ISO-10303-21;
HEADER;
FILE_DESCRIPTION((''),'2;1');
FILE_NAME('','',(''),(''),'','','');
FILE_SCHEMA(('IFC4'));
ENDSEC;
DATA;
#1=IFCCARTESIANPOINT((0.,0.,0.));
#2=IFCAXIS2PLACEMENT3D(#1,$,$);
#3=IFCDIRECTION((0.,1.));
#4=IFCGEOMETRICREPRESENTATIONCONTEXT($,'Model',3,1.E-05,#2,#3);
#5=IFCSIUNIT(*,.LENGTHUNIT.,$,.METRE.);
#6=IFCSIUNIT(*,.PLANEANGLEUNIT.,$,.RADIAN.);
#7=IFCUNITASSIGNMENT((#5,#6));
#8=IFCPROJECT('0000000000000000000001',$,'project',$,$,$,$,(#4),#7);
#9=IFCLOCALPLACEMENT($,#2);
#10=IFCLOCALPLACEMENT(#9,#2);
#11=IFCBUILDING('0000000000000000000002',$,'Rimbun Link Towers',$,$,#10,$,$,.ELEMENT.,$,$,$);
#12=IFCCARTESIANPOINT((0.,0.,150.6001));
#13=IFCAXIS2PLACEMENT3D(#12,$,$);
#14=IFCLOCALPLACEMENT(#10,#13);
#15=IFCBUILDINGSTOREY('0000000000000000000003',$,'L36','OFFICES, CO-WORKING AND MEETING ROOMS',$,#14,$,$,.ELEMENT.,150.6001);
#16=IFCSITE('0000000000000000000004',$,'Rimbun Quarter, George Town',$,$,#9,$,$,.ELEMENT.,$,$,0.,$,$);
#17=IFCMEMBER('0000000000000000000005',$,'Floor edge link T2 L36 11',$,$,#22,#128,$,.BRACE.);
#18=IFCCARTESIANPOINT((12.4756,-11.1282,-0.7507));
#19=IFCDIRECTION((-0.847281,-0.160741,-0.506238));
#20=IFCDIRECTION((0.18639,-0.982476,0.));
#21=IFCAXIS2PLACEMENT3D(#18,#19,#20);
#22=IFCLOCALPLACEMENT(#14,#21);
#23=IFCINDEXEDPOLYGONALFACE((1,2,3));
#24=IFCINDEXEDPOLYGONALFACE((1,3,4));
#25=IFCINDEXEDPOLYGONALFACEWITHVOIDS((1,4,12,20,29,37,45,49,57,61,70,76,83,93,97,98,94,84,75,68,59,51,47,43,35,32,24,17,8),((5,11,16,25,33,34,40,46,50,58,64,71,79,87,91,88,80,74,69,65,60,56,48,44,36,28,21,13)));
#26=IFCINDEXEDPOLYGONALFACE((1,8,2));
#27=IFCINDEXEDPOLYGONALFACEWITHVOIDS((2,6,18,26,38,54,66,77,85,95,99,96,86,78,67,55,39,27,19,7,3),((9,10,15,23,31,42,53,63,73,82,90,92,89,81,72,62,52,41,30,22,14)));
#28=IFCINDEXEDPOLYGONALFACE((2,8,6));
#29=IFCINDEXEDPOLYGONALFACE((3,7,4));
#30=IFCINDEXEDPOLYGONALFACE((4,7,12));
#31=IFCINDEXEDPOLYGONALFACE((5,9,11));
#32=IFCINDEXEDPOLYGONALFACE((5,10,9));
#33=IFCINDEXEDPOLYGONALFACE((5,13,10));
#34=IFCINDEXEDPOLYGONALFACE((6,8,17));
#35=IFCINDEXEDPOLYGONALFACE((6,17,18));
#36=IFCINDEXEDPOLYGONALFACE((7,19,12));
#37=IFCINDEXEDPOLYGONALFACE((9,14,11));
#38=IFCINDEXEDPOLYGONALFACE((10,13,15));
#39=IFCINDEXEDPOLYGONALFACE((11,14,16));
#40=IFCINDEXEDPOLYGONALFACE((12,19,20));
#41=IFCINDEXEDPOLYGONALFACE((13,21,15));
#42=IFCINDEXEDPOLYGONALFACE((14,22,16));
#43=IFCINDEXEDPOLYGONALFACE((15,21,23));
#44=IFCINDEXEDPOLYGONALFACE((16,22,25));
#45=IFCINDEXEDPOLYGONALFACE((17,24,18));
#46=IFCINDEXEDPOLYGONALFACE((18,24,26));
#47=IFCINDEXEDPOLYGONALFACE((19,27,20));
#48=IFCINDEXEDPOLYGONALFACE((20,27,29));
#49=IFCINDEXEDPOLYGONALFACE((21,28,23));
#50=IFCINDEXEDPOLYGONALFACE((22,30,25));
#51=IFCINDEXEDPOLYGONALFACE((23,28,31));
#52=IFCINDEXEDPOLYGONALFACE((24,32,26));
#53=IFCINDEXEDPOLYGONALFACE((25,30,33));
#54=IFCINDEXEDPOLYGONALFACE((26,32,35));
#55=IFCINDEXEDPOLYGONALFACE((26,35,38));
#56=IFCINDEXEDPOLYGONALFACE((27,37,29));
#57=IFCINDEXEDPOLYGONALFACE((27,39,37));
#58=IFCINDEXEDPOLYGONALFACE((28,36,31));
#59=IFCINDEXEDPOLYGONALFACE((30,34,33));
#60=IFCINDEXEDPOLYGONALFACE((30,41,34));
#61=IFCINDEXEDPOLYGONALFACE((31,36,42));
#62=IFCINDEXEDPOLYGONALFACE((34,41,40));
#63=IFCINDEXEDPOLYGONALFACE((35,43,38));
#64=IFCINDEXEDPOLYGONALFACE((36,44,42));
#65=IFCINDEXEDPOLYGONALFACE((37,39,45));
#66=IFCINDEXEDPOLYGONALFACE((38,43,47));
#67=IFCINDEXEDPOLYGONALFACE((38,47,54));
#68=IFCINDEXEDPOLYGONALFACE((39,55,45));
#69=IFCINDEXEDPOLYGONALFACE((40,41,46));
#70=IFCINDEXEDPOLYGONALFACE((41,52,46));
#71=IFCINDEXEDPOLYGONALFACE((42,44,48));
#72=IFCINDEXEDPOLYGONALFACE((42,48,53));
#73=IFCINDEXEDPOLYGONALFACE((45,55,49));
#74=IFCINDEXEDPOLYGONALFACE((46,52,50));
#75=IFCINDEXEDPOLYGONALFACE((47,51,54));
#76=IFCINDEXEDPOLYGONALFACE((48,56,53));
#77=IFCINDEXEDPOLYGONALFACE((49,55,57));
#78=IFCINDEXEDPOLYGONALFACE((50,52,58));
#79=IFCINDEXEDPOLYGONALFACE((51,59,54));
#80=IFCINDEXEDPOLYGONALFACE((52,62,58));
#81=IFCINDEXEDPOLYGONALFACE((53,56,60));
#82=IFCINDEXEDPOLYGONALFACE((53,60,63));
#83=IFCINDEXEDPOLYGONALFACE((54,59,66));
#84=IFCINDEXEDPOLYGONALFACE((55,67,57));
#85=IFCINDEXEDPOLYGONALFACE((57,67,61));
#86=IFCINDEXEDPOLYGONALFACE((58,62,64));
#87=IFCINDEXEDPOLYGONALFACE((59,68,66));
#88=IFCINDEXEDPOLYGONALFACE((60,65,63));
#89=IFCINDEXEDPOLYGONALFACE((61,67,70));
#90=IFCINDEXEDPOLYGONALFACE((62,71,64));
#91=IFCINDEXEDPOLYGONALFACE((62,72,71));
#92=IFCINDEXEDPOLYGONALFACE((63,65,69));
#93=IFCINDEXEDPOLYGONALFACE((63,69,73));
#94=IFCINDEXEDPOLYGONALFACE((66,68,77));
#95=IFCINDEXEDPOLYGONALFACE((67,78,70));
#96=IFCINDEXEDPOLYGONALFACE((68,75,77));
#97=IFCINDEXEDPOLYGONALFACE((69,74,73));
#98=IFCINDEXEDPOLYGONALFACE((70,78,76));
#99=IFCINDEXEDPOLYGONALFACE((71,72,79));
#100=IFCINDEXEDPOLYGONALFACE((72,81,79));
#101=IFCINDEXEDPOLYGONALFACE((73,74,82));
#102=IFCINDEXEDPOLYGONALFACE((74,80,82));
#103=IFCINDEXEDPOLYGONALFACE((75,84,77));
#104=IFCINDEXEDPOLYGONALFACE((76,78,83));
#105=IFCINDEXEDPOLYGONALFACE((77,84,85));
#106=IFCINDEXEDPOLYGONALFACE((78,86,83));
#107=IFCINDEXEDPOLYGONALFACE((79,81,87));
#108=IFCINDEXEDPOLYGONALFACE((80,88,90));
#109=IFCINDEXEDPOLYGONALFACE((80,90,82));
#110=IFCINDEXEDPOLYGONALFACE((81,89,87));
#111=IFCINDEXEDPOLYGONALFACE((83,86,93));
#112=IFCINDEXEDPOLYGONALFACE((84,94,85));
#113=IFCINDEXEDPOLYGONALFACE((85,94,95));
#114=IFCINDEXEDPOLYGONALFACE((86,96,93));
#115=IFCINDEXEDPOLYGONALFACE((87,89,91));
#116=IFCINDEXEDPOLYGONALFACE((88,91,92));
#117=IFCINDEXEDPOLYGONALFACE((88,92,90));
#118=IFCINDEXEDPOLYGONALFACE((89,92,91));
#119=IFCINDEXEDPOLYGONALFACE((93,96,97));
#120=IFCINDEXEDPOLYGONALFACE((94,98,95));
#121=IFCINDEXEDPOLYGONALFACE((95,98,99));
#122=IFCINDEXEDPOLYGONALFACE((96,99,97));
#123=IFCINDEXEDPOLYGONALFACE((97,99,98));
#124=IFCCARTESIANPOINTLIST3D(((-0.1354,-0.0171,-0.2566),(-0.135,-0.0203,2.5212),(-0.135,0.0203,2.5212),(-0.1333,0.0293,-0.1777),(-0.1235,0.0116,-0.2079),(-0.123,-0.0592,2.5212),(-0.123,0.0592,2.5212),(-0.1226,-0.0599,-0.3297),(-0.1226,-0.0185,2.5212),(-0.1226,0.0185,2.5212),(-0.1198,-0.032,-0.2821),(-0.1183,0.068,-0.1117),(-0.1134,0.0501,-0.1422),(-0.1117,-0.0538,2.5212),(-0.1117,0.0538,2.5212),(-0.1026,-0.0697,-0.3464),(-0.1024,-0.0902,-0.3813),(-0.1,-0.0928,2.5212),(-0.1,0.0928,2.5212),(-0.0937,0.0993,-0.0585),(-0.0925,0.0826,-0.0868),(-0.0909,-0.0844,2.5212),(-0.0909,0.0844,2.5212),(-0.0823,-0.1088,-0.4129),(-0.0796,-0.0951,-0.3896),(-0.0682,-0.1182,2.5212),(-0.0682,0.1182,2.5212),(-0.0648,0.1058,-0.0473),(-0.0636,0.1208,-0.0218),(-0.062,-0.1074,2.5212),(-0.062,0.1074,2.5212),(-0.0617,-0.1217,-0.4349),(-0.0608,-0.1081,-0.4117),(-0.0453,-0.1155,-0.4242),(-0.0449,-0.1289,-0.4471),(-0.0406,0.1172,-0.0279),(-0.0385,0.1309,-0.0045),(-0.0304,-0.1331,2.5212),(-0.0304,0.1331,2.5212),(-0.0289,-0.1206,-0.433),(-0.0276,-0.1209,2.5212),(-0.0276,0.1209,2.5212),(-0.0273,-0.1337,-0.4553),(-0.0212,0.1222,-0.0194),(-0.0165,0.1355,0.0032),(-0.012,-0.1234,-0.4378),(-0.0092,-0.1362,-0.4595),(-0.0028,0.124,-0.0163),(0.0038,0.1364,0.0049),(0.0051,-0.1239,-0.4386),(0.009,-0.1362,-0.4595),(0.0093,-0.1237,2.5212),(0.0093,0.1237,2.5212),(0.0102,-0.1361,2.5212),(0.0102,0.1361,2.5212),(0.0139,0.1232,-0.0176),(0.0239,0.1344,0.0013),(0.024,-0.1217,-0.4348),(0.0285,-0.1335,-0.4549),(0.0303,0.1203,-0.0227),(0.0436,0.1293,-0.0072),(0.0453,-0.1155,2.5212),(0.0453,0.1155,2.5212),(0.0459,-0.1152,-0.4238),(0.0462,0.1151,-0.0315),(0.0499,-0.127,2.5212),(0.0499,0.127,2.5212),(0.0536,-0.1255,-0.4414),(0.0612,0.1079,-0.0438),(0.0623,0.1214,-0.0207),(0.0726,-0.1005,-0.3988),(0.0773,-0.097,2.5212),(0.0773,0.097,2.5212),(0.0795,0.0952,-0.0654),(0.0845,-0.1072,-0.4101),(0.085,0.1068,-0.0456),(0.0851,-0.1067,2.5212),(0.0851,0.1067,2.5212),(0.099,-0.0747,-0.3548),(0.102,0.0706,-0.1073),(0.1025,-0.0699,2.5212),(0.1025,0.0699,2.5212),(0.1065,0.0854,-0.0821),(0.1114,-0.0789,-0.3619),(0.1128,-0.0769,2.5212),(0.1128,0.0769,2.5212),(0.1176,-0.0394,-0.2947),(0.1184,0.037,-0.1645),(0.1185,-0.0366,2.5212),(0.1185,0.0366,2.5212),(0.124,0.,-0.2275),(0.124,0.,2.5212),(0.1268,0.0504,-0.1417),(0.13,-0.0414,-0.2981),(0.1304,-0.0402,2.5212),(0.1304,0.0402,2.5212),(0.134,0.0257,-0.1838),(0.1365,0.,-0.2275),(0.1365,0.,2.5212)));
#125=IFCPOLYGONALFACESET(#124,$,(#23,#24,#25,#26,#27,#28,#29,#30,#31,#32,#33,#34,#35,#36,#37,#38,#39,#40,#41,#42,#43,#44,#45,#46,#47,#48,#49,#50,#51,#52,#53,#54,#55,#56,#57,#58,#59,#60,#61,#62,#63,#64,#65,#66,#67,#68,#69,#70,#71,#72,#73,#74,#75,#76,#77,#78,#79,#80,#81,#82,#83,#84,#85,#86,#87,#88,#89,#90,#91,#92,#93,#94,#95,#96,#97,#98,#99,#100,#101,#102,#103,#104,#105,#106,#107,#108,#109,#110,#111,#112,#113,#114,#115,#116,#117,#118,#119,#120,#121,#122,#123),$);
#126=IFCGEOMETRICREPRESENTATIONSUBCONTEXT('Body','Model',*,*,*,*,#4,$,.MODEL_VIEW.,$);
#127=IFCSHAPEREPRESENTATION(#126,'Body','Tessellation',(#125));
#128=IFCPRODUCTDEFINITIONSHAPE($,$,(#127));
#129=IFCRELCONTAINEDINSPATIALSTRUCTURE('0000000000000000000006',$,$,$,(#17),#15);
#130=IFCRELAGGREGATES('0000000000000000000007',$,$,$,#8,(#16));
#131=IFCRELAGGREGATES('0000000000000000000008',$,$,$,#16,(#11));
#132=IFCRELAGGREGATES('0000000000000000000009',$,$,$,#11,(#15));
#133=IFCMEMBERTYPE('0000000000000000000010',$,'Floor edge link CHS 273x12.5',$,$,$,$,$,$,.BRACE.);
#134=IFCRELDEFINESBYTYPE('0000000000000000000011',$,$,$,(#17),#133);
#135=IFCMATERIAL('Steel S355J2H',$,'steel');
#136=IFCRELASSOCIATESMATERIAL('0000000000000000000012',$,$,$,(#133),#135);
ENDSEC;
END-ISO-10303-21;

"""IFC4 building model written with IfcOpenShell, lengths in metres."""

from ifc_helpers import new_model, si_unit, direction, frame, origin, origin_2d, place, context, subcontext, project, spatial, hollow_circle, extrude, clip, halfspace, material, material_profile, profile_set, type_object, element, save


model = new_model("IFC4")

# Units and contexts
model_context = context("Model", 3, precision=1e-05, world=origin(), true_north=direction((0.0, 1.0)))
body_context = subcontext(model_context, "Body", "Model", "MODEL_VIEW")
ifc_project = project(units=[si_unit("LENGTHUNIT", "METRE"), si_unit("PLANEANGLEUNIT", "RADIAN")], contexts=[model_context])

# Site, building, storey
site_placement = place(None, origin())
site = spatial("IfcSite", under=ifc_project, at=site_placement, Name="Rimbun Quarter, George Town", CompositionType="ELEMENT", RefElevation=0.0)
building_placement = place(site_placement, origin())
building = spatial("IfcBuilding", under=site, at=building_placement, Name="Rimbun Link Towers", CompositionType="ELEMENT")
storey_placement = place(building_placement, frame((0.0, 0.0, 150.6001)))
storey = spatial("IfcBuildingStorey", under=building, at=storey_placement, Name="L36", Description="OFFICES, CO-WORKING AND MEETING ROOMS", CompositionType="ELEMENT", Elevation=150.6001)

# Member
ifc_material_1 = material(Name="Steel S355J2H", Category="steel")
ifc_material_profile_1 = material_profile(ifc_material_1, hollow_circle(Radius=0.1365, WallThickness=0.0125, at=origin_2d()), Name="CHS 273x12.5")
ifc_profile_set_1 = profile_set([ifc_material_profile_1], Name="Steel S355J2H")
member_type_1 = type_object("IfcMemberType", Name="Floor edge link CHS 273x12.5", PredefinedType="BRACE", material=ifc_profile_set_1)
member_1_placement = place(storey_placement, frame((12.4756, -11.1282, -0.7507), z_axis=(-0.847281, -0.160741, -0.506238), x_axis=(0.18639, -0.982476, 0.0)))
element("IfcMember", 1, at=member_1_placement, inside=storey, type_object=member_type_1, Name="Floor edge link T2 L36 11", PredefinedType="BRACE", context=body_context, shape_type="Clipping", body=[
    clip(extrude(hollow_circle(Radius=0.1365, WallThickness=0.0125, at=origin_2d()), frame((0.0, 0.0, -0.4849)), (0.0, 0.0, 1.0), 3.0061), halfspace(frame((0.0, 0.0, -0.2275), z_axis=(0.0, 0.862394, -0.506238)), False)),
])

save(model, "model.ifc")
